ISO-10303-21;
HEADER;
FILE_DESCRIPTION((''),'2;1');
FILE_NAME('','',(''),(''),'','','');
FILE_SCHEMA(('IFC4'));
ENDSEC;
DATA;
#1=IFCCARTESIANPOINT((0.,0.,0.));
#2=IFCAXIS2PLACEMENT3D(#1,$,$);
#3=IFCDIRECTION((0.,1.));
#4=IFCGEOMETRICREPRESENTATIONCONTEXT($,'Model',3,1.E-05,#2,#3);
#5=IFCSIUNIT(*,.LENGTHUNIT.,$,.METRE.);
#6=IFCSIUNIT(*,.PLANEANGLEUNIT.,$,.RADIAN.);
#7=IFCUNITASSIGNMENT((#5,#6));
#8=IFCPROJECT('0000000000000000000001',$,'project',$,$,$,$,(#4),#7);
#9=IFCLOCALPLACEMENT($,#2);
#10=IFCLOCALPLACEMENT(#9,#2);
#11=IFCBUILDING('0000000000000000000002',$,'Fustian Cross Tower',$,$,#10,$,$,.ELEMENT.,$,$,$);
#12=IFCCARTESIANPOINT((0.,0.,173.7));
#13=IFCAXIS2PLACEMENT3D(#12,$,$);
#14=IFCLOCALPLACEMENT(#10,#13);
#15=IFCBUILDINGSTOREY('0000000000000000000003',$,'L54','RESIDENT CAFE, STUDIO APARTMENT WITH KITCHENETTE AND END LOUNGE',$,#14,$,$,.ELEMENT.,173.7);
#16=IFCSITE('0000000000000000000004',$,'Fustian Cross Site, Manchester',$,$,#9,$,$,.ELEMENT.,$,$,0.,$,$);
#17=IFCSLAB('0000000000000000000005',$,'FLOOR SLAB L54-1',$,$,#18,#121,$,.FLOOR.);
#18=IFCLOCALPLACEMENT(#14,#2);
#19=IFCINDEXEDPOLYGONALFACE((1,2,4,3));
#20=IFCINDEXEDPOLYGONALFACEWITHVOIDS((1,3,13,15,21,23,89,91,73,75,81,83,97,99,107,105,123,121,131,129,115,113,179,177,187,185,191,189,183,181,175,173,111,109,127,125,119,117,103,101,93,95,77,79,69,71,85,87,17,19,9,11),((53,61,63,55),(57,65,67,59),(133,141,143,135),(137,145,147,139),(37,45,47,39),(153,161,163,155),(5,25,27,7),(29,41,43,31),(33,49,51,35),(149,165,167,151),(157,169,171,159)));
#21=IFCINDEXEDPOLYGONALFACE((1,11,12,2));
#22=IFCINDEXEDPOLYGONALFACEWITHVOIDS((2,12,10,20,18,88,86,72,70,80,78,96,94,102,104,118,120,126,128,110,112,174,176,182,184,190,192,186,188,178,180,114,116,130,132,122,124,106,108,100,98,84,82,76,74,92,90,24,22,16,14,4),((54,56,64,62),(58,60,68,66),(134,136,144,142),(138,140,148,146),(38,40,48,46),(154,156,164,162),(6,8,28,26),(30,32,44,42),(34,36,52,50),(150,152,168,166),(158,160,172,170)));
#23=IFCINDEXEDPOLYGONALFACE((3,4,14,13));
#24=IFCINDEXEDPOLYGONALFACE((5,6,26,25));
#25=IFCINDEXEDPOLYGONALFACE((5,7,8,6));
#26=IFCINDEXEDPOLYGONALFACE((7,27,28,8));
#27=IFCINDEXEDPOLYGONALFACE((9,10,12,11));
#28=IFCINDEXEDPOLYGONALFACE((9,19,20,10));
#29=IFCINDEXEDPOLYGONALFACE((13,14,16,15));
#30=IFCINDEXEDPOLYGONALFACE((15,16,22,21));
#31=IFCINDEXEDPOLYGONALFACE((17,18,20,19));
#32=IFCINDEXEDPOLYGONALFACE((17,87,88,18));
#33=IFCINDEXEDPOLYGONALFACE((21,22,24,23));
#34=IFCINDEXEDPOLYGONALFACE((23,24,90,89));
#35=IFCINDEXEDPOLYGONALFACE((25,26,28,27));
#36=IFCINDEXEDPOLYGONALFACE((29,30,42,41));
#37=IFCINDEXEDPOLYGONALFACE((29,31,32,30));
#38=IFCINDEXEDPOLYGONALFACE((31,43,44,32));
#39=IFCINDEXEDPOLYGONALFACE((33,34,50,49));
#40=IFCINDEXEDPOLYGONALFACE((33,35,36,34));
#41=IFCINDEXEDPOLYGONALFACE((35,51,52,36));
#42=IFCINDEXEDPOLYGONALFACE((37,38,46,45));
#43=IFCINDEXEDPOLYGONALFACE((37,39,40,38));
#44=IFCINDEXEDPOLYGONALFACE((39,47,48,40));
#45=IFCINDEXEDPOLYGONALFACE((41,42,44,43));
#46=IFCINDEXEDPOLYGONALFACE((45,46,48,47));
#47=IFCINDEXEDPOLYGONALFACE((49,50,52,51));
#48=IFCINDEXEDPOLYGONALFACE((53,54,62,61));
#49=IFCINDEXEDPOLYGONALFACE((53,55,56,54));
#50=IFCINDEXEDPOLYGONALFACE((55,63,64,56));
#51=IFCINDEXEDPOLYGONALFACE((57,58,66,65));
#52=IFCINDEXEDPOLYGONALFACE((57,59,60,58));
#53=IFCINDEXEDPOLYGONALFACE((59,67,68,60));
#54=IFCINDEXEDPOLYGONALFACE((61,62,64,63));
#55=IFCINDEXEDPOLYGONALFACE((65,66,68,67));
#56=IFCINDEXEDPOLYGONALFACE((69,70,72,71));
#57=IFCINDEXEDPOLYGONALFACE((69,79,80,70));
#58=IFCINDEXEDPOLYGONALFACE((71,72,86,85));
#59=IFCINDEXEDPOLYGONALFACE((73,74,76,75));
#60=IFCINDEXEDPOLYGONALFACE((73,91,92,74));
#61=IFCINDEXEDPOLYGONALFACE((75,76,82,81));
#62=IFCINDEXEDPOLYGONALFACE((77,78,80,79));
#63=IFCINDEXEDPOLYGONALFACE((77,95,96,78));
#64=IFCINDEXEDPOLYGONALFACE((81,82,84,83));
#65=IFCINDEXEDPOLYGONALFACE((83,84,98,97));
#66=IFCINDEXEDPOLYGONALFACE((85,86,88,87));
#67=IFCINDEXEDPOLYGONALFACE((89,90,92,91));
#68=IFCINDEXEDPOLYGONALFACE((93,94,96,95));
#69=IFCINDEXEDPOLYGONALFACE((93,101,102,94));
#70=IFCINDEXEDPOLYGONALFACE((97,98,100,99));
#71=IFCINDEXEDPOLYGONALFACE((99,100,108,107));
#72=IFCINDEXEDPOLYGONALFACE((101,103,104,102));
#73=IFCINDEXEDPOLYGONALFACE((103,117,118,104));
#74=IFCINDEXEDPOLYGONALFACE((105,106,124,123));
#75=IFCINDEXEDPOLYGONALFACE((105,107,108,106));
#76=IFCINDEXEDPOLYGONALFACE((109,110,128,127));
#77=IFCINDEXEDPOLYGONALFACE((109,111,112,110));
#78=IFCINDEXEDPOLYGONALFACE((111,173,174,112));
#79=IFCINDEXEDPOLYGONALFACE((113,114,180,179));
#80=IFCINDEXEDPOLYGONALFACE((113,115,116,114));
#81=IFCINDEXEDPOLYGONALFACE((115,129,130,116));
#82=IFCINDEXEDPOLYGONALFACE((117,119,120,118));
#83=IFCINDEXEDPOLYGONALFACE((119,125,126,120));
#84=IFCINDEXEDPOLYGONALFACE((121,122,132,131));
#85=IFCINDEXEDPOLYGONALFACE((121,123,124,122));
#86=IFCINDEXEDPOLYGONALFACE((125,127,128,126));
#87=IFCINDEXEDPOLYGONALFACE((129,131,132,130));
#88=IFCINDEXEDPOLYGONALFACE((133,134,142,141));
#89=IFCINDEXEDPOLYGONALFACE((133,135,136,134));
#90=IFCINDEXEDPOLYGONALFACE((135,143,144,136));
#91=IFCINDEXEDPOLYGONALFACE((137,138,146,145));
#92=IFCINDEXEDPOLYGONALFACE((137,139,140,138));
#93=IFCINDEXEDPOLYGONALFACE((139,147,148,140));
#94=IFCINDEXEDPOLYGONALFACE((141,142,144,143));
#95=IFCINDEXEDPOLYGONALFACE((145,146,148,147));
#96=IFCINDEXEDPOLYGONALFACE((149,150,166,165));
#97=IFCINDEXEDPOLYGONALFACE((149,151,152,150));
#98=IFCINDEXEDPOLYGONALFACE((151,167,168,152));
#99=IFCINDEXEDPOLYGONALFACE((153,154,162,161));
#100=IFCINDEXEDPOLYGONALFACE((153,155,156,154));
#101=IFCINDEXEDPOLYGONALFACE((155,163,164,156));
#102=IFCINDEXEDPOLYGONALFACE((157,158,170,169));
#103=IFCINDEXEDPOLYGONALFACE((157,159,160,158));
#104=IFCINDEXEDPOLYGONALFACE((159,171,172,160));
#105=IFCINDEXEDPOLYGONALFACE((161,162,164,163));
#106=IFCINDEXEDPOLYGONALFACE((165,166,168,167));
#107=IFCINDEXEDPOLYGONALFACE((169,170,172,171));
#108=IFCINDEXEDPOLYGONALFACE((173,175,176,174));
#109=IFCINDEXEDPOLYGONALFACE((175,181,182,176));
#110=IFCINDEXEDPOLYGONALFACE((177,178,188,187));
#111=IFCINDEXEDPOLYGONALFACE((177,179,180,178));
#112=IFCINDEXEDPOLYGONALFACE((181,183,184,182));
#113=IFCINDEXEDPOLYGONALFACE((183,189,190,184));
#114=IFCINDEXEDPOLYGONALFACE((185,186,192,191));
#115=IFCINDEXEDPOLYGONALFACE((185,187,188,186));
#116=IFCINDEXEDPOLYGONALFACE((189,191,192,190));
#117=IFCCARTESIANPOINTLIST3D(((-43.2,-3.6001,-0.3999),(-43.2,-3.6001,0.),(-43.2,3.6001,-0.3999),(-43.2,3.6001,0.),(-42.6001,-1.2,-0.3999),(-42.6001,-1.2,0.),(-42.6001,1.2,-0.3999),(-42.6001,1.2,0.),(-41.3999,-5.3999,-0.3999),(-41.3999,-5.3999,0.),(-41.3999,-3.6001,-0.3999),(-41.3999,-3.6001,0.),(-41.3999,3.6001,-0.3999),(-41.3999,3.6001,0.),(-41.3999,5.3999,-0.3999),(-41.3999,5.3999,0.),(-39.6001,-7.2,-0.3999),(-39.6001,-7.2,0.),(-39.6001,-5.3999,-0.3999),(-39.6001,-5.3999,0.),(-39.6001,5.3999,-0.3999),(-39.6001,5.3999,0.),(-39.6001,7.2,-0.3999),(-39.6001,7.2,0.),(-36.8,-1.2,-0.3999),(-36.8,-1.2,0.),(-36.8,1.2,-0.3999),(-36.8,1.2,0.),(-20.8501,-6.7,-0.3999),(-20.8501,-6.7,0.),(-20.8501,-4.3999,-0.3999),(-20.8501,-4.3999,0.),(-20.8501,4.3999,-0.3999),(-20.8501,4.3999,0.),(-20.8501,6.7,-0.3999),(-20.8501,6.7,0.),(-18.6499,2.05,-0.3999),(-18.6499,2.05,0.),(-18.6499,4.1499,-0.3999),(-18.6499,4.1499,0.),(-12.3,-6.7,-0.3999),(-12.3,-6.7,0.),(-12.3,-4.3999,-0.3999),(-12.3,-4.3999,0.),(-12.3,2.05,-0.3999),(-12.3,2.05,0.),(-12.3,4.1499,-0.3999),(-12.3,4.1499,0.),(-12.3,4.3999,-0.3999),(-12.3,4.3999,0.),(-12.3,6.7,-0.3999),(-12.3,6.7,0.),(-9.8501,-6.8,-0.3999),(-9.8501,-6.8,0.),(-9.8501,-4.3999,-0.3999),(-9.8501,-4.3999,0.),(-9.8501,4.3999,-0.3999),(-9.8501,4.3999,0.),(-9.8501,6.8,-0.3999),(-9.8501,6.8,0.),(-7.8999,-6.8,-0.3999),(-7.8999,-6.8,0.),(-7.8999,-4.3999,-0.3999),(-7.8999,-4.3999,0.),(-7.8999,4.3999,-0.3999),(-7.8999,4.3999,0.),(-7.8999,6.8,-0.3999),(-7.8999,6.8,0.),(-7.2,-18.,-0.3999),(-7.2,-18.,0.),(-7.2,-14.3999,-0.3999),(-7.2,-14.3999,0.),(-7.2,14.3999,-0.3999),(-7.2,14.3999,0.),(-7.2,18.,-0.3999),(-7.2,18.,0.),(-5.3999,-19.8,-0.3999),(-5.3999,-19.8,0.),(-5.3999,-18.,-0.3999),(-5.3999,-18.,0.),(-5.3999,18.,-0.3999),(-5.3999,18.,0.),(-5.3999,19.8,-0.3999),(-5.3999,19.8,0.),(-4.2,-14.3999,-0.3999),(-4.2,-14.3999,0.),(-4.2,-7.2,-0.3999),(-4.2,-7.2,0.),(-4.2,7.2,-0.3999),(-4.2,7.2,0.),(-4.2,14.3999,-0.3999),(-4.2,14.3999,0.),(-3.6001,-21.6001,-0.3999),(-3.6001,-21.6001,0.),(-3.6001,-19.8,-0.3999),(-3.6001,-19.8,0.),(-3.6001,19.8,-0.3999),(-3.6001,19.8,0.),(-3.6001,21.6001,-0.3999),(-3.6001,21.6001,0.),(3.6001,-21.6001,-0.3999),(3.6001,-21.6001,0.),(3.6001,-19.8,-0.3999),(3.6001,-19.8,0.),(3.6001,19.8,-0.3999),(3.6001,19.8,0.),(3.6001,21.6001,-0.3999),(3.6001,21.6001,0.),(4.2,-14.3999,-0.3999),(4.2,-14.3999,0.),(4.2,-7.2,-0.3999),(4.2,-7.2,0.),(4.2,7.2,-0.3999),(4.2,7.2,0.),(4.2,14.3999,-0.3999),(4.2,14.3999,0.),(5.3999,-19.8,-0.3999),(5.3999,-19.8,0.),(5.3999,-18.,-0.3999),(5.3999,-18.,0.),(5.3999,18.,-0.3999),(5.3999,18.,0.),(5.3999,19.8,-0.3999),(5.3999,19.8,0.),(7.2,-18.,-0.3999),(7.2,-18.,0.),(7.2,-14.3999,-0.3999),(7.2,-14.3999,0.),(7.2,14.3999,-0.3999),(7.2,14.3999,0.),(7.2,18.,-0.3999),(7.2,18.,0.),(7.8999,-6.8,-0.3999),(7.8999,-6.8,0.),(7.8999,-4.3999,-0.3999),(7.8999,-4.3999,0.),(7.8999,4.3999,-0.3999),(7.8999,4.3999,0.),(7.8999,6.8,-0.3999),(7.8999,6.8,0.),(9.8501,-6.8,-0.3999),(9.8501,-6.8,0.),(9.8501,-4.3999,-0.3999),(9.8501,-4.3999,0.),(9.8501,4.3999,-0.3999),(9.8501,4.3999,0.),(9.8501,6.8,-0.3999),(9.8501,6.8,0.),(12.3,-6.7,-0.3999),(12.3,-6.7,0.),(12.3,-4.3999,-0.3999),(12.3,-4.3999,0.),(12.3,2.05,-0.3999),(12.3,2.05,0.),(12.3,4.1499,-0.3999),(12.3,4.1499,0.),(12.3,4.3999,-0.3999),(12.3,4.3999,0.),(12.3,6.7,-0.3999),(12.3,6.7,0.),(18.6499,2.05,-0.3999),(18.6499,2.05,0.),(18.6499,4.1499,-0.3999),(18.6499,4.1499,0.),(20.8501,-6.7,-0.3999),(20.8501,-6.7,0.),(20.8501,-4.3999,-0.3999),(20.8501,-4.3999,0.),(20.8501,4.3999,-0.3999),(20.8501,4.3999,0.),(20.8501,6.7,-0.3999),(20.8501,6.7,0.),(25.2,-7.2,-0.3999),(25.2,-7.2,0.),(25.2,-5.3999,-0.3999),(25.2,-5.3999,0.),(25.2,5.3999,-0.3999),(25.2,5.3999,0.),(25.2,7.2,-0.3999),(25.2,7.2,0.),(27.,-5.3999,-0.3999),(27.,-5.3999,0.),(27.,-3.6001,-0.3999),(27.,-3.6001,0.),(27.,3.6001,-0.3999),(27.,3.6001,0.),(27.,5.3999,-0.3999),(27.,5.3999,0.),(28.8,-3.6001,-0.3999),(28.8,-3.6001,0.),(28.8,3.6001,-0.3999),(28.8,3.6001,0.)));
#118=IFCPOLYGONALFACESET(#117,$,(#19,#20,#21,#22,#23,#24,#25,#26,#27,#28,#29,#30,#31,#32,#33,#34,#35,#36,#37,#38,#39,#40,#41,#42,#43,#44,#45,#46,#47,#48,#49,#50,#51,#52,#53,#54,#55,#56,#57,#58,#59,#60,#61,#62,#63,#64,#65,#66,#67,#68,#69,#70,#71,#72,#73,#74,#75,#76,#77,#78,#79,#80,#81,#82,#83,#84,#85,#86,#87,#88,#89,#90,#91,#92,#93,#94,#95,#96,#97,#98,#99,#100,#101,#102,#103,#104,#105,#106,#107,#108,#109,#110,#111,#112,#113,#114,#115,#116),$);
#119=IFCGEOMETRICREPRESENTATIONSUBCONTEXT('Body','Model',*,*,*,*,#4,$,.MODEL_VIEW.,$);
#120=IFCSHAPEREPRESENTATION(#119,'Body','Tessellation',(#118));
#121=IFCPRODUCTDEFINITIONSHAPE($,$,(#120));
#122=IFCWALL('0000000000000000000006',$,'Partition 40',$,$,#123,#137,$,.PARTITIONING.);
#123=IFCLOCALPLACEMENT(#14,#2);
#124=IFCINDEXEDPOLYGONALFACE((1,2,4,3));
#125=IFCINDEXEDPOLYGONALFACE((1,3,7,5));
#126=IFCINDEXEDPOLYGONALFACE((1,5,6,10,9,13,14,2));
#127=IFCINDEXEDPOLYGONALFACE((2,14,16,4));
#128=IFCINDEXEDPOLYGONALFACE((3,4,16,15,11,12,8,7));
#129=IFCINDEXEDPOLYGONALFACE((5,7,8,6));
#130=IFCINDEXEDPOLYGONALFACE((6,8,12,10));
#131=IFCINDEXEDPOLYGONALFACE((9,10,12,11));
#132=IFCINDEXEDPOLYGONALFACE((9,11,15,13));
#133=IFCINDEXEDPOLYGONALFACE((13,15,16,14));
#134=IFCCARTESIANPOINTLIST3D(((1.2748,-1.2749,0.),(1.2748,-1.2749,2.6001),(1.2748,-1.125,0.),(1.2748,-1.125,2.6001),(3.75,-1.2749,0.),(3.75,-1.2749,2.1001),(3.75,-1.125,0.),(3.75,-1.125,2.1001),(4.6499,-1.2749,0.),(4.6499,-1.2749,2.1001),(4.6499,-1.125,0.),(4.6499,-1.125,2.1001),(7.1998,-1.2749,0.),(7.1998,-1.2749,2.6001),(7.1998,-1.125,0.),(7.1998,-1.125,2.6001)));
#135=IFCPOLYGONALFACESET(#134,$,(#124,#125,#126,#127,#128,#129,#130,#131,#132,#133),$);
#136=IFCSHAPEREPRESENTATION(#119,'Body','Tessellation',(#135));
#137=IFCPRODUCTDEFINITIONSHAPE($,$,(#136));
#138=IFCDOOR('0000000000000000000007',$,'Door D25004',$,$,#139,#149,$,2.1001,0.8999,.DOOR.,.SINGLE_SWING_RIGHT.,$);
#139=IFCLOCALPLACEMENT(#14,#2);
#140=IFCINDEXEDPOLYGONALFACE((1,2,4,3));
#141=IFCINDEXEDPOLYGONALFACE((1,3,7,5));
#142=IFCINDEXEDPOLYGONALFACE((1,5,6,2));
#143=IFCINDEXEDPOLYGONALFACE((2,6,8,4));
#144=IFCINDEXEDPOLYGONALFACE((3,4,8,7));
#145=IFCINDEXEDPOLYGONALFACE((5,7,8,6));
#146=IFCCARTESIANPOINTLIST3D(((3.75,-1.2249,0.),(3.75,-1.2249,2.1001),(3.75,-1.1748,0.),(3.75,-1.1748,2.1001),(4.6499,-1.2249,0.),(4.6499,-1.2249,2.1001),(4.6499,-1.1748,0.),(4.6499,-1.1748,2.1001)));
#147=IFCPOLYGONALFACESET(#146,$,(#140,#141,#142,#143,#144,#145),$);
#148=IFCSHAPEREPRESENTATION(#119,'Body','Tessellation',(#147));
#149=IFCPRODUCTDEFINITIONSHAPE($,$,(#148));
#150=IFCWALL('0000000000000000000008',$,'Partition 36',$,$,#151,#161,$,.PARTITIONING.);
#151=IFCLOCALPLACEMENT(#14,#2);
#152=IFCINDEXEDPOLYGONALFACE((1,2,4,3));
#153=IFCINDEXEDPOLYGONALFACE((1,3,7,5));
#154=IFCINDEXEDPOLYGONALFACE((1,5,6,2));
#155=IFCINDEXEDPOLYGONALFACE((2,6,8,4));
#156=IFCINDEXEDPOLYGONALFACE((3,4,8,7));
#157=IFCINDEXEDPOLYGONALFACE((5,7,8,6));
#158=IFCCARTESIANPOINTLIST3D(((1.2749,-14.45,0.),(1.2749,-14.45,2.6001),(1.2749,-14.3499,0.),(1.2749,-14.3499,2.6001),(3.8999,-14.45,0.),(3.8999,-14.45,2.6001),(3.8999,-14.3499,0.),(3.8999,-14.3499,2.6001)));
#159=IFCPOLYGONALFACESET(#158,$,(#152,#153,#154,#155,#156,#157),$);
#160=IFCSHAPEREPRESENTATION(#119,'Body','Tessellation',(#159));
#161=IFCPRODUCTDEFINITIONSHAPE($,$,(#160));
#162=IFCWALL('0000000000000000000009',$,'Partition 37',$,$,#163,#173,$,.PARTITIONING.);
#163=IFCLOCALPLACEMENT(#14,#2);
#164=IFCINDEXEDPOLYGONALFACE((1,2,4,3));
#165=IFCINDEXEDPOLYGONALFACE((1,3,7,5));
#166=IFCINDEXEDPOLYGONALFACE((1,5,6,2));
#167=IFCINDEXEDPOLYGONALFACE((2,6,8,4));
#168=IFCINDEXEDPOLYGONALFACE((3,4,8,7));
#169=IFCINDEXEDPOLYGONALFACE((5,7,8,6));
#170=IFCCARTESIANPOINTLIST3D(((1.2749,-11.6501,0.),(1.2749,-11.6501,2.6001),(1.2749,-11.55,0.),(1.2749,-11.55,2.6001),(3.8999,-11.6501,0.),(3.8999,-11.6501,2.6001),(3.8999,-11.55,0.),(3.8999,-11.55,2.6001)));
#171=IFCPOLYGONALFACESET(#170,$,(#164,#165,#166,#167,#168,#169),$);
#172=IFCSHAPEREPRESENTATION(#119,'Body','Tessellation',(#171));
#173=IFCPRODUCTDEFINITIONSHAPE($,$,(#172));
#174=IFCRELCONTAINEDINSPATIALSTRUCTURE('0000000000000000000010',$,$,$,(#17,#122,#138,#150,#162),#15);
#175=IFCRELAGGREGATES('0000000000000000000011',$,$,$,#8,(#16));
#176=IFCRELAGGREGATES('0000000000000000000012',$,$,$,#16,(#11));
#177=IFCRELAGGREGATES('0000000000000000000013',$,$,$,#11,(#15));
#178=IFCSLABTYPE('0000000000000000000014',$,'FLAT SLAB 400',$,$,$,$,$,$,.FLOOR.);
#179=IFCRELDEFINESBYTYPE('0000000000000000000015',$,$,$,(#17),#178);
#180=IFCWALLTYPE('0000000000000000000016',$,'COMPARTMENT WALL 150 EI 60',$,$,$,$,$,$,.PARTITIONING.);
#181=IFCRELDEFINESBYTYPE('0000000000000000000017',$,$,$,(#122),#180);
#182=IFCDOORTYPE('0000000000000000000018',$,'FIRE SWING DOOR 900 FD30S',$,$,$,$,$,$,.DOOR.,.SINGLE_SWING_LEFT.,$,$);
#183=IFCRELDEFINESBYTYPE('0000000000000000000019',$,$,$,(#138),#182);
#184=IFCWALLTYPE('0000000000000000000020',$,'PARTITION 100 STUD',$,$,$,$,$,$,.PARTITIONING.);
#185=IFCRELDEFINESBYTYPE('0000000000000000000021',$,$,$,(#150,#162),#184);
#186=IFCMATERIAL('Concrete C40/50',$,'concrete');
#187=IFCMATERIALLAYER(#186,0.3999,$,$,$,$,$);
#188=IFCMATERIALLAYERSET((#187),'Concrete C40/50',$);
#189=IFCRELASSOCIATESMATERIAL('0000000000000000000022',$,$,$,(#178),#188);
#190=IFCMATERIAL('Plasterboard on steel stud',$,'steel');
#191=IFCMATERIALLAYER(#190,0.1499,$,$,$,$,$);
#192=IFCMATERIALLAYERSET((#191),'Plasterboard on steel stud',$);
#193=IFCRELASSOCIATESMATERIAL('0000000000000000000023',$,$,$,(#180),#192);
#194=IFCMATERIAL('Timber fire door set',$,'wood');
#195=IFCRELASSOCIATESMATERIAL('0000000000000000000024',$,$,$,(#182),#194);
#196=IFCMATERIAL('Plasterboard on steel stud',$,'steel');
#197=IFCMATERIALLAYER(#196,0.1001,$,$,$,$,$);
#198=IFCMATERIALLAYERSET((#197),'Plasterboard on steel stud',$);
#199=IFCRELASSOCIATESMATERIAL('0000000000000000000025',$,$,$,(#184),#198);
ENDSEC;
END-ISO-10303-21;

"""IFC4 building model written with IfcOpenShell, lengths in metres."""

from ifc_helpers import new_model, si_unit, direction, frame, frame_2d, origin, place, context, subcontext, project, spatial, polyline, rectangle, outline, extrude, material, layer, layer_set, type_object, element, fill, save


model = new_model("IFC4")

# Units and contexts
model_context = context("Model", 3, precision=1e-05, world=origin(), true_north=direction((0.0, 1.0)))
body_context = subcontext(model_context, "Body", "Model", "MODEL_VIEW")
ifc_project = project(units=[si_unit("LENGTHUNIT", "METRE"), si_unit("PLANEANGLEUNIT", "RADIAN")], contexts=[model_context])

# Site, building, storey
site_placement = place(None, origin())
site = spatial("IfcSite", under=ifc_project, at=site_placement, Name="Fustian Cross Site, Manchester", CompositionType="ELEMENT", RefElevation=0.0)
building_placement = place(site_placement, origin())
building = spatial("IfcBuilding", under=site, at=building_placement, Name="Fustian Cross Tower", CompositionType="ELEMENT")
storey_placement = place(building_placement, frame((0.0, 0.0, 173.7)))
storey = spatial("IfcBuildingStorey", under=building, at=storey_placement, Name="L54", Description="RESIDENT CAFE, STUDIO APARTMENT WITH KITCHENETTE AND END LOUNGE", CompositionType="ELEMENT", Elevation=173.7)

# Slab
ifc_material_1 = material(Name="Concrete C40/50", Category="concrete")
ifc_layer_1 = layer(ifc_material_1, 0.3999)
ifc_layer_set_1 = layer_set([ifc_layer_1], Name="Concrete C40/50")
slab_type_1 = type_object("IfcSlabType", Name="FLAT SLAB 400", PredefinedType="FLOOR", material=ifc_layer_set_1)
slab_1_placement = place(storey_placement, frame((0.0, 0.0, -0.3999)))
element("IfcSlab", 1, at=slab_1_placement, inside=storey, type_object=slab_type_1, Name="FLOOR SLAB L54-1", PredefinedType="FLOOR", context=body_context, shape_type="SweptSolid", body=[
    extrude(outline(polyline([(-5.3999, -19.8), (-5.3999, -18.0), (-7.2, -18.0), (-7.2, -14.3999), (-4.2, -14.3999), (-4.2, -7.2), (-39.6001, -7.2), (-39.6001, -5.3999), (-41.3999, -5.3999), (-41.3999, -3.6001), (-43.2, -3.6001), (-43.2, 3.6001), (-41.3999, 3.6001), (-41.3999, 5.3999), (-39.6001, 5.3999), (-39.6001, 7.2), (-4.2, 7.2), (-4.2, 14.3999), (-7.2, 14.3999), (-7.2, 18.0), (-5.3999, 18.0), (-5.3999, 19.8), (-3.6001, 19.8), (-3.6001, 21.6001), (3.6001, 21.6001), (3.6001, 19.8), (5.3999, 19.8), (5.3999, 18.0), (7.2, 18.0), (7.2, 14.3999), (4.2, 14.3999), (4.2, 7.2), (25.2, 7.2), (25.2, 5.3999), (27.0, 5.3999), (27.0, 3.6001), (28.8, 3.6001), (28.8, -3.6001), (27.0, -3.6001), (27.0, -5.3999), (25.2, -5.3999), (25.2, -7.2), (4.2, -7.2), (4.2, -14.3999), (7.2, -14.3999), (7.2, -18.0), (5.3999, -18.0), (5.3999, -19.8), (3.6001, -19.8), (3.6001, -21.6001), (-3.6001, -21.6001), (-3.6001, -19.8), (-5.3999, -19.8)]), holes=[polyline([(7.8999, 4.3999), (9.8501, 4.3999), (9.8501, 6.8), (7.8999, 6.8), (7.8999, 4.3999)]), polyline([(7.8999, -4.3999), (7.8999, -6.8), (9.8501, -6.8), (9.8501, -4.3999), (7.8999, -4.3999)]), polyline([(-7.8999, 6.8), (-9.8501, 6.8), (-9.8501, 4.3999), (-7.8999, 4.3999), (-7.8999, 6.8)]), polyline([(-7.8999, -6.8), (-7.8999, -4.3999), (-9.8501, -4.3999), (-9.8501, -6.8), (-7.8999, -6.8)]), polyline([(12.3, 2.05), (18.6499, 2.05), (18.6499, 4.1499), (12.3, 4.1499), (12.3, 2.05)]), polyline([(-18.6499, 4.1499), (-18.6499, 2.05), (-12.3, 2.05), (-12.3, 4.1499), (-18.6499, 4.1499)]), polyline([(20.8501, 6.7), (12.3, 6.7), (12.3, 4.3999), (20.8501, 4.3999), (20.8501, 6.7)]), polyline([(20.8501, -6.7), (20.8501, -4.3999), (12.3, -4.3999), (12.3, -6.7), (20.8501, -6.7)]), polyline([(-20.8501, 4.3999), (-12.3, 4.3999), (-12.3, 6.7), (-20.8501, 6.7), (-20.8501, 4.3999)]), polyline([(-20.8501, -4.3999), (-20.8501, -6.7), (-12.3, -6.7), (-12.3, -4.3999), (-20.8501, -4.3999)]), polyline([(-36.8, 1.2), (-42.6001, 1.2), (-42.6001, -1.2), (-36.8, -1.2), (-36.8, 1.2)])]), origin(), (0.0, 0.0, 1.0), 0.3999),
])

# Wall, opening, door
ifc_material_2 = material(Name="Plasterboard on steel stud", Category="steel")
ifc_layer_2 = layer(ifc_material_2, 0.1499)
ifc_layer_set_2 = layer_set([ifc_layer_2], Name="Plasterboard on steel stud")
wall_type_1 = type_object("IfcWallType", Name="COMPARTMENT WALL 150 EI 60", PredefinedType="PARTITIONING", material=ifc_layer_set_2)
wall_1_placement = place(storey_placement, frame((1.2749, -1.2, 0.0), z_axis=(0.0, 0.0, 1.0), x_axis=(1.0, 0.0, 0.0)))
wall_1 = element("IfcWall", 2, at=wall_1_placement, inside=storey, type_object=wall_type_1, Name="Partition 40", PredefinedType="PARTITIONING", context=body_context, shape_type="SweptSolid", body=[
    extrude(rectangle(XDim=5.925, YDim=0.1499, at=frame_2d((2.9624, 0.0))), origin(), (0.0, 0.0, 1.0), 2.6001),
])
opening_1_placement = place(wall_1_placement, frame((2.4751, 0.0, 0.0)))
opening_1 = element("IfcOpeningElement", 3, at=opening_1_placement, cuts=wall_1, PredefinedType="OPENING", context=body_context, shape_type="SweptSolid", body=[
    extrude(rectangle(XDim=0.8999, YDim=2.1001, at=frame_2d((0.45, 1.05))), frame((0.0, 0.085, 0.0), z_axis=(0.0, -1.0, 0.0), x_axis=(1.0, 0.0, 0.0)), (0.0, 0.0, 1.0), 0.1699),
])
ifc_material_3 = material(Name="Timber fire door set", Category="wood")
door_type_1 = type_object("IfcDoorType", Name="FIRE SWING DOOR 900 FD30S", OperationType="SINGLE_SWING_LEFT", PredefinedType="DOOR", material=ifc_material_3)
door_1_placement = place(opening_1_placement, frame((0.8999, 0.0, 0.0), z_axis=(0.0, 0.0, 1.0), x_axis=(-1.0, 0.0, 0.0)))
door_1 = element("IfcDoor", 4, at=door_1_placement, inside=storey, type_object=door_type_1, Name="Door D25004", OperationType="SINGLE_SWING_RIGHT", OverallHeight=2.1001, OverallWidth=0.8999, PredefinedType="DOOR", context=body_context, shape_type="SweptSolid", body=[
    extrude(rectangle(XDim=0.8999, YDim=2.1001, at=frame_2d((0.45, 1.05))), frame((0.0, 0.0249, 0.0), z_axis=(0.0, -1.0, 0.0), x_axis=(1.0, 0.0, 0.0)), (0.0, 0.0, 1.0), 0.05),
])
fill(opening_1, door_1)

# Walls
ifc_material_4 = material(Name="Plasterboard on steel stud", Category="steel")
ifc_layer_3 = layer(ifc_material_4, 0.1001)
ifc_layer_set_3 = layer_set([ifc_layer_3], Name="Plasterboard on steel stud")
wall_type_2 = type_object("IfcWallType", Name="PARTITION 100 STUD", PredefinedType="PARTITIONING", material=ifc_layer_set_3)
for number, where, z_axis, x_axis, name in (
    (5, (1.2749, -14.3999, 0.0), (0.0, 0.0, 1.0), (1.0, 0.0, 0.0), "Partition 36"),
    (6, (1.2749, -11.6001, 0.0), (0.0, 0.0, 1.0), (1.0, 0.0, 0.0), "Partition 37"),
):
    element("IfcWall", number, at=place(storey_placement, frame(where, z_axis=z_axis, x_axis=x_axis)), inside=storey, type_object=wall_type_2, Name=name, PredefinedType="PARTITIONING", context=body_context, shape_type="SweptSolid", body=[
        extrude(rectangle(XDim=2.625, YDim=0.1001, at=frame_2d((1.3125, 0.0))), origin(), (0.0, 0.0, 1.0), 2.6001),
    ])

save(model, "model.ifc")
